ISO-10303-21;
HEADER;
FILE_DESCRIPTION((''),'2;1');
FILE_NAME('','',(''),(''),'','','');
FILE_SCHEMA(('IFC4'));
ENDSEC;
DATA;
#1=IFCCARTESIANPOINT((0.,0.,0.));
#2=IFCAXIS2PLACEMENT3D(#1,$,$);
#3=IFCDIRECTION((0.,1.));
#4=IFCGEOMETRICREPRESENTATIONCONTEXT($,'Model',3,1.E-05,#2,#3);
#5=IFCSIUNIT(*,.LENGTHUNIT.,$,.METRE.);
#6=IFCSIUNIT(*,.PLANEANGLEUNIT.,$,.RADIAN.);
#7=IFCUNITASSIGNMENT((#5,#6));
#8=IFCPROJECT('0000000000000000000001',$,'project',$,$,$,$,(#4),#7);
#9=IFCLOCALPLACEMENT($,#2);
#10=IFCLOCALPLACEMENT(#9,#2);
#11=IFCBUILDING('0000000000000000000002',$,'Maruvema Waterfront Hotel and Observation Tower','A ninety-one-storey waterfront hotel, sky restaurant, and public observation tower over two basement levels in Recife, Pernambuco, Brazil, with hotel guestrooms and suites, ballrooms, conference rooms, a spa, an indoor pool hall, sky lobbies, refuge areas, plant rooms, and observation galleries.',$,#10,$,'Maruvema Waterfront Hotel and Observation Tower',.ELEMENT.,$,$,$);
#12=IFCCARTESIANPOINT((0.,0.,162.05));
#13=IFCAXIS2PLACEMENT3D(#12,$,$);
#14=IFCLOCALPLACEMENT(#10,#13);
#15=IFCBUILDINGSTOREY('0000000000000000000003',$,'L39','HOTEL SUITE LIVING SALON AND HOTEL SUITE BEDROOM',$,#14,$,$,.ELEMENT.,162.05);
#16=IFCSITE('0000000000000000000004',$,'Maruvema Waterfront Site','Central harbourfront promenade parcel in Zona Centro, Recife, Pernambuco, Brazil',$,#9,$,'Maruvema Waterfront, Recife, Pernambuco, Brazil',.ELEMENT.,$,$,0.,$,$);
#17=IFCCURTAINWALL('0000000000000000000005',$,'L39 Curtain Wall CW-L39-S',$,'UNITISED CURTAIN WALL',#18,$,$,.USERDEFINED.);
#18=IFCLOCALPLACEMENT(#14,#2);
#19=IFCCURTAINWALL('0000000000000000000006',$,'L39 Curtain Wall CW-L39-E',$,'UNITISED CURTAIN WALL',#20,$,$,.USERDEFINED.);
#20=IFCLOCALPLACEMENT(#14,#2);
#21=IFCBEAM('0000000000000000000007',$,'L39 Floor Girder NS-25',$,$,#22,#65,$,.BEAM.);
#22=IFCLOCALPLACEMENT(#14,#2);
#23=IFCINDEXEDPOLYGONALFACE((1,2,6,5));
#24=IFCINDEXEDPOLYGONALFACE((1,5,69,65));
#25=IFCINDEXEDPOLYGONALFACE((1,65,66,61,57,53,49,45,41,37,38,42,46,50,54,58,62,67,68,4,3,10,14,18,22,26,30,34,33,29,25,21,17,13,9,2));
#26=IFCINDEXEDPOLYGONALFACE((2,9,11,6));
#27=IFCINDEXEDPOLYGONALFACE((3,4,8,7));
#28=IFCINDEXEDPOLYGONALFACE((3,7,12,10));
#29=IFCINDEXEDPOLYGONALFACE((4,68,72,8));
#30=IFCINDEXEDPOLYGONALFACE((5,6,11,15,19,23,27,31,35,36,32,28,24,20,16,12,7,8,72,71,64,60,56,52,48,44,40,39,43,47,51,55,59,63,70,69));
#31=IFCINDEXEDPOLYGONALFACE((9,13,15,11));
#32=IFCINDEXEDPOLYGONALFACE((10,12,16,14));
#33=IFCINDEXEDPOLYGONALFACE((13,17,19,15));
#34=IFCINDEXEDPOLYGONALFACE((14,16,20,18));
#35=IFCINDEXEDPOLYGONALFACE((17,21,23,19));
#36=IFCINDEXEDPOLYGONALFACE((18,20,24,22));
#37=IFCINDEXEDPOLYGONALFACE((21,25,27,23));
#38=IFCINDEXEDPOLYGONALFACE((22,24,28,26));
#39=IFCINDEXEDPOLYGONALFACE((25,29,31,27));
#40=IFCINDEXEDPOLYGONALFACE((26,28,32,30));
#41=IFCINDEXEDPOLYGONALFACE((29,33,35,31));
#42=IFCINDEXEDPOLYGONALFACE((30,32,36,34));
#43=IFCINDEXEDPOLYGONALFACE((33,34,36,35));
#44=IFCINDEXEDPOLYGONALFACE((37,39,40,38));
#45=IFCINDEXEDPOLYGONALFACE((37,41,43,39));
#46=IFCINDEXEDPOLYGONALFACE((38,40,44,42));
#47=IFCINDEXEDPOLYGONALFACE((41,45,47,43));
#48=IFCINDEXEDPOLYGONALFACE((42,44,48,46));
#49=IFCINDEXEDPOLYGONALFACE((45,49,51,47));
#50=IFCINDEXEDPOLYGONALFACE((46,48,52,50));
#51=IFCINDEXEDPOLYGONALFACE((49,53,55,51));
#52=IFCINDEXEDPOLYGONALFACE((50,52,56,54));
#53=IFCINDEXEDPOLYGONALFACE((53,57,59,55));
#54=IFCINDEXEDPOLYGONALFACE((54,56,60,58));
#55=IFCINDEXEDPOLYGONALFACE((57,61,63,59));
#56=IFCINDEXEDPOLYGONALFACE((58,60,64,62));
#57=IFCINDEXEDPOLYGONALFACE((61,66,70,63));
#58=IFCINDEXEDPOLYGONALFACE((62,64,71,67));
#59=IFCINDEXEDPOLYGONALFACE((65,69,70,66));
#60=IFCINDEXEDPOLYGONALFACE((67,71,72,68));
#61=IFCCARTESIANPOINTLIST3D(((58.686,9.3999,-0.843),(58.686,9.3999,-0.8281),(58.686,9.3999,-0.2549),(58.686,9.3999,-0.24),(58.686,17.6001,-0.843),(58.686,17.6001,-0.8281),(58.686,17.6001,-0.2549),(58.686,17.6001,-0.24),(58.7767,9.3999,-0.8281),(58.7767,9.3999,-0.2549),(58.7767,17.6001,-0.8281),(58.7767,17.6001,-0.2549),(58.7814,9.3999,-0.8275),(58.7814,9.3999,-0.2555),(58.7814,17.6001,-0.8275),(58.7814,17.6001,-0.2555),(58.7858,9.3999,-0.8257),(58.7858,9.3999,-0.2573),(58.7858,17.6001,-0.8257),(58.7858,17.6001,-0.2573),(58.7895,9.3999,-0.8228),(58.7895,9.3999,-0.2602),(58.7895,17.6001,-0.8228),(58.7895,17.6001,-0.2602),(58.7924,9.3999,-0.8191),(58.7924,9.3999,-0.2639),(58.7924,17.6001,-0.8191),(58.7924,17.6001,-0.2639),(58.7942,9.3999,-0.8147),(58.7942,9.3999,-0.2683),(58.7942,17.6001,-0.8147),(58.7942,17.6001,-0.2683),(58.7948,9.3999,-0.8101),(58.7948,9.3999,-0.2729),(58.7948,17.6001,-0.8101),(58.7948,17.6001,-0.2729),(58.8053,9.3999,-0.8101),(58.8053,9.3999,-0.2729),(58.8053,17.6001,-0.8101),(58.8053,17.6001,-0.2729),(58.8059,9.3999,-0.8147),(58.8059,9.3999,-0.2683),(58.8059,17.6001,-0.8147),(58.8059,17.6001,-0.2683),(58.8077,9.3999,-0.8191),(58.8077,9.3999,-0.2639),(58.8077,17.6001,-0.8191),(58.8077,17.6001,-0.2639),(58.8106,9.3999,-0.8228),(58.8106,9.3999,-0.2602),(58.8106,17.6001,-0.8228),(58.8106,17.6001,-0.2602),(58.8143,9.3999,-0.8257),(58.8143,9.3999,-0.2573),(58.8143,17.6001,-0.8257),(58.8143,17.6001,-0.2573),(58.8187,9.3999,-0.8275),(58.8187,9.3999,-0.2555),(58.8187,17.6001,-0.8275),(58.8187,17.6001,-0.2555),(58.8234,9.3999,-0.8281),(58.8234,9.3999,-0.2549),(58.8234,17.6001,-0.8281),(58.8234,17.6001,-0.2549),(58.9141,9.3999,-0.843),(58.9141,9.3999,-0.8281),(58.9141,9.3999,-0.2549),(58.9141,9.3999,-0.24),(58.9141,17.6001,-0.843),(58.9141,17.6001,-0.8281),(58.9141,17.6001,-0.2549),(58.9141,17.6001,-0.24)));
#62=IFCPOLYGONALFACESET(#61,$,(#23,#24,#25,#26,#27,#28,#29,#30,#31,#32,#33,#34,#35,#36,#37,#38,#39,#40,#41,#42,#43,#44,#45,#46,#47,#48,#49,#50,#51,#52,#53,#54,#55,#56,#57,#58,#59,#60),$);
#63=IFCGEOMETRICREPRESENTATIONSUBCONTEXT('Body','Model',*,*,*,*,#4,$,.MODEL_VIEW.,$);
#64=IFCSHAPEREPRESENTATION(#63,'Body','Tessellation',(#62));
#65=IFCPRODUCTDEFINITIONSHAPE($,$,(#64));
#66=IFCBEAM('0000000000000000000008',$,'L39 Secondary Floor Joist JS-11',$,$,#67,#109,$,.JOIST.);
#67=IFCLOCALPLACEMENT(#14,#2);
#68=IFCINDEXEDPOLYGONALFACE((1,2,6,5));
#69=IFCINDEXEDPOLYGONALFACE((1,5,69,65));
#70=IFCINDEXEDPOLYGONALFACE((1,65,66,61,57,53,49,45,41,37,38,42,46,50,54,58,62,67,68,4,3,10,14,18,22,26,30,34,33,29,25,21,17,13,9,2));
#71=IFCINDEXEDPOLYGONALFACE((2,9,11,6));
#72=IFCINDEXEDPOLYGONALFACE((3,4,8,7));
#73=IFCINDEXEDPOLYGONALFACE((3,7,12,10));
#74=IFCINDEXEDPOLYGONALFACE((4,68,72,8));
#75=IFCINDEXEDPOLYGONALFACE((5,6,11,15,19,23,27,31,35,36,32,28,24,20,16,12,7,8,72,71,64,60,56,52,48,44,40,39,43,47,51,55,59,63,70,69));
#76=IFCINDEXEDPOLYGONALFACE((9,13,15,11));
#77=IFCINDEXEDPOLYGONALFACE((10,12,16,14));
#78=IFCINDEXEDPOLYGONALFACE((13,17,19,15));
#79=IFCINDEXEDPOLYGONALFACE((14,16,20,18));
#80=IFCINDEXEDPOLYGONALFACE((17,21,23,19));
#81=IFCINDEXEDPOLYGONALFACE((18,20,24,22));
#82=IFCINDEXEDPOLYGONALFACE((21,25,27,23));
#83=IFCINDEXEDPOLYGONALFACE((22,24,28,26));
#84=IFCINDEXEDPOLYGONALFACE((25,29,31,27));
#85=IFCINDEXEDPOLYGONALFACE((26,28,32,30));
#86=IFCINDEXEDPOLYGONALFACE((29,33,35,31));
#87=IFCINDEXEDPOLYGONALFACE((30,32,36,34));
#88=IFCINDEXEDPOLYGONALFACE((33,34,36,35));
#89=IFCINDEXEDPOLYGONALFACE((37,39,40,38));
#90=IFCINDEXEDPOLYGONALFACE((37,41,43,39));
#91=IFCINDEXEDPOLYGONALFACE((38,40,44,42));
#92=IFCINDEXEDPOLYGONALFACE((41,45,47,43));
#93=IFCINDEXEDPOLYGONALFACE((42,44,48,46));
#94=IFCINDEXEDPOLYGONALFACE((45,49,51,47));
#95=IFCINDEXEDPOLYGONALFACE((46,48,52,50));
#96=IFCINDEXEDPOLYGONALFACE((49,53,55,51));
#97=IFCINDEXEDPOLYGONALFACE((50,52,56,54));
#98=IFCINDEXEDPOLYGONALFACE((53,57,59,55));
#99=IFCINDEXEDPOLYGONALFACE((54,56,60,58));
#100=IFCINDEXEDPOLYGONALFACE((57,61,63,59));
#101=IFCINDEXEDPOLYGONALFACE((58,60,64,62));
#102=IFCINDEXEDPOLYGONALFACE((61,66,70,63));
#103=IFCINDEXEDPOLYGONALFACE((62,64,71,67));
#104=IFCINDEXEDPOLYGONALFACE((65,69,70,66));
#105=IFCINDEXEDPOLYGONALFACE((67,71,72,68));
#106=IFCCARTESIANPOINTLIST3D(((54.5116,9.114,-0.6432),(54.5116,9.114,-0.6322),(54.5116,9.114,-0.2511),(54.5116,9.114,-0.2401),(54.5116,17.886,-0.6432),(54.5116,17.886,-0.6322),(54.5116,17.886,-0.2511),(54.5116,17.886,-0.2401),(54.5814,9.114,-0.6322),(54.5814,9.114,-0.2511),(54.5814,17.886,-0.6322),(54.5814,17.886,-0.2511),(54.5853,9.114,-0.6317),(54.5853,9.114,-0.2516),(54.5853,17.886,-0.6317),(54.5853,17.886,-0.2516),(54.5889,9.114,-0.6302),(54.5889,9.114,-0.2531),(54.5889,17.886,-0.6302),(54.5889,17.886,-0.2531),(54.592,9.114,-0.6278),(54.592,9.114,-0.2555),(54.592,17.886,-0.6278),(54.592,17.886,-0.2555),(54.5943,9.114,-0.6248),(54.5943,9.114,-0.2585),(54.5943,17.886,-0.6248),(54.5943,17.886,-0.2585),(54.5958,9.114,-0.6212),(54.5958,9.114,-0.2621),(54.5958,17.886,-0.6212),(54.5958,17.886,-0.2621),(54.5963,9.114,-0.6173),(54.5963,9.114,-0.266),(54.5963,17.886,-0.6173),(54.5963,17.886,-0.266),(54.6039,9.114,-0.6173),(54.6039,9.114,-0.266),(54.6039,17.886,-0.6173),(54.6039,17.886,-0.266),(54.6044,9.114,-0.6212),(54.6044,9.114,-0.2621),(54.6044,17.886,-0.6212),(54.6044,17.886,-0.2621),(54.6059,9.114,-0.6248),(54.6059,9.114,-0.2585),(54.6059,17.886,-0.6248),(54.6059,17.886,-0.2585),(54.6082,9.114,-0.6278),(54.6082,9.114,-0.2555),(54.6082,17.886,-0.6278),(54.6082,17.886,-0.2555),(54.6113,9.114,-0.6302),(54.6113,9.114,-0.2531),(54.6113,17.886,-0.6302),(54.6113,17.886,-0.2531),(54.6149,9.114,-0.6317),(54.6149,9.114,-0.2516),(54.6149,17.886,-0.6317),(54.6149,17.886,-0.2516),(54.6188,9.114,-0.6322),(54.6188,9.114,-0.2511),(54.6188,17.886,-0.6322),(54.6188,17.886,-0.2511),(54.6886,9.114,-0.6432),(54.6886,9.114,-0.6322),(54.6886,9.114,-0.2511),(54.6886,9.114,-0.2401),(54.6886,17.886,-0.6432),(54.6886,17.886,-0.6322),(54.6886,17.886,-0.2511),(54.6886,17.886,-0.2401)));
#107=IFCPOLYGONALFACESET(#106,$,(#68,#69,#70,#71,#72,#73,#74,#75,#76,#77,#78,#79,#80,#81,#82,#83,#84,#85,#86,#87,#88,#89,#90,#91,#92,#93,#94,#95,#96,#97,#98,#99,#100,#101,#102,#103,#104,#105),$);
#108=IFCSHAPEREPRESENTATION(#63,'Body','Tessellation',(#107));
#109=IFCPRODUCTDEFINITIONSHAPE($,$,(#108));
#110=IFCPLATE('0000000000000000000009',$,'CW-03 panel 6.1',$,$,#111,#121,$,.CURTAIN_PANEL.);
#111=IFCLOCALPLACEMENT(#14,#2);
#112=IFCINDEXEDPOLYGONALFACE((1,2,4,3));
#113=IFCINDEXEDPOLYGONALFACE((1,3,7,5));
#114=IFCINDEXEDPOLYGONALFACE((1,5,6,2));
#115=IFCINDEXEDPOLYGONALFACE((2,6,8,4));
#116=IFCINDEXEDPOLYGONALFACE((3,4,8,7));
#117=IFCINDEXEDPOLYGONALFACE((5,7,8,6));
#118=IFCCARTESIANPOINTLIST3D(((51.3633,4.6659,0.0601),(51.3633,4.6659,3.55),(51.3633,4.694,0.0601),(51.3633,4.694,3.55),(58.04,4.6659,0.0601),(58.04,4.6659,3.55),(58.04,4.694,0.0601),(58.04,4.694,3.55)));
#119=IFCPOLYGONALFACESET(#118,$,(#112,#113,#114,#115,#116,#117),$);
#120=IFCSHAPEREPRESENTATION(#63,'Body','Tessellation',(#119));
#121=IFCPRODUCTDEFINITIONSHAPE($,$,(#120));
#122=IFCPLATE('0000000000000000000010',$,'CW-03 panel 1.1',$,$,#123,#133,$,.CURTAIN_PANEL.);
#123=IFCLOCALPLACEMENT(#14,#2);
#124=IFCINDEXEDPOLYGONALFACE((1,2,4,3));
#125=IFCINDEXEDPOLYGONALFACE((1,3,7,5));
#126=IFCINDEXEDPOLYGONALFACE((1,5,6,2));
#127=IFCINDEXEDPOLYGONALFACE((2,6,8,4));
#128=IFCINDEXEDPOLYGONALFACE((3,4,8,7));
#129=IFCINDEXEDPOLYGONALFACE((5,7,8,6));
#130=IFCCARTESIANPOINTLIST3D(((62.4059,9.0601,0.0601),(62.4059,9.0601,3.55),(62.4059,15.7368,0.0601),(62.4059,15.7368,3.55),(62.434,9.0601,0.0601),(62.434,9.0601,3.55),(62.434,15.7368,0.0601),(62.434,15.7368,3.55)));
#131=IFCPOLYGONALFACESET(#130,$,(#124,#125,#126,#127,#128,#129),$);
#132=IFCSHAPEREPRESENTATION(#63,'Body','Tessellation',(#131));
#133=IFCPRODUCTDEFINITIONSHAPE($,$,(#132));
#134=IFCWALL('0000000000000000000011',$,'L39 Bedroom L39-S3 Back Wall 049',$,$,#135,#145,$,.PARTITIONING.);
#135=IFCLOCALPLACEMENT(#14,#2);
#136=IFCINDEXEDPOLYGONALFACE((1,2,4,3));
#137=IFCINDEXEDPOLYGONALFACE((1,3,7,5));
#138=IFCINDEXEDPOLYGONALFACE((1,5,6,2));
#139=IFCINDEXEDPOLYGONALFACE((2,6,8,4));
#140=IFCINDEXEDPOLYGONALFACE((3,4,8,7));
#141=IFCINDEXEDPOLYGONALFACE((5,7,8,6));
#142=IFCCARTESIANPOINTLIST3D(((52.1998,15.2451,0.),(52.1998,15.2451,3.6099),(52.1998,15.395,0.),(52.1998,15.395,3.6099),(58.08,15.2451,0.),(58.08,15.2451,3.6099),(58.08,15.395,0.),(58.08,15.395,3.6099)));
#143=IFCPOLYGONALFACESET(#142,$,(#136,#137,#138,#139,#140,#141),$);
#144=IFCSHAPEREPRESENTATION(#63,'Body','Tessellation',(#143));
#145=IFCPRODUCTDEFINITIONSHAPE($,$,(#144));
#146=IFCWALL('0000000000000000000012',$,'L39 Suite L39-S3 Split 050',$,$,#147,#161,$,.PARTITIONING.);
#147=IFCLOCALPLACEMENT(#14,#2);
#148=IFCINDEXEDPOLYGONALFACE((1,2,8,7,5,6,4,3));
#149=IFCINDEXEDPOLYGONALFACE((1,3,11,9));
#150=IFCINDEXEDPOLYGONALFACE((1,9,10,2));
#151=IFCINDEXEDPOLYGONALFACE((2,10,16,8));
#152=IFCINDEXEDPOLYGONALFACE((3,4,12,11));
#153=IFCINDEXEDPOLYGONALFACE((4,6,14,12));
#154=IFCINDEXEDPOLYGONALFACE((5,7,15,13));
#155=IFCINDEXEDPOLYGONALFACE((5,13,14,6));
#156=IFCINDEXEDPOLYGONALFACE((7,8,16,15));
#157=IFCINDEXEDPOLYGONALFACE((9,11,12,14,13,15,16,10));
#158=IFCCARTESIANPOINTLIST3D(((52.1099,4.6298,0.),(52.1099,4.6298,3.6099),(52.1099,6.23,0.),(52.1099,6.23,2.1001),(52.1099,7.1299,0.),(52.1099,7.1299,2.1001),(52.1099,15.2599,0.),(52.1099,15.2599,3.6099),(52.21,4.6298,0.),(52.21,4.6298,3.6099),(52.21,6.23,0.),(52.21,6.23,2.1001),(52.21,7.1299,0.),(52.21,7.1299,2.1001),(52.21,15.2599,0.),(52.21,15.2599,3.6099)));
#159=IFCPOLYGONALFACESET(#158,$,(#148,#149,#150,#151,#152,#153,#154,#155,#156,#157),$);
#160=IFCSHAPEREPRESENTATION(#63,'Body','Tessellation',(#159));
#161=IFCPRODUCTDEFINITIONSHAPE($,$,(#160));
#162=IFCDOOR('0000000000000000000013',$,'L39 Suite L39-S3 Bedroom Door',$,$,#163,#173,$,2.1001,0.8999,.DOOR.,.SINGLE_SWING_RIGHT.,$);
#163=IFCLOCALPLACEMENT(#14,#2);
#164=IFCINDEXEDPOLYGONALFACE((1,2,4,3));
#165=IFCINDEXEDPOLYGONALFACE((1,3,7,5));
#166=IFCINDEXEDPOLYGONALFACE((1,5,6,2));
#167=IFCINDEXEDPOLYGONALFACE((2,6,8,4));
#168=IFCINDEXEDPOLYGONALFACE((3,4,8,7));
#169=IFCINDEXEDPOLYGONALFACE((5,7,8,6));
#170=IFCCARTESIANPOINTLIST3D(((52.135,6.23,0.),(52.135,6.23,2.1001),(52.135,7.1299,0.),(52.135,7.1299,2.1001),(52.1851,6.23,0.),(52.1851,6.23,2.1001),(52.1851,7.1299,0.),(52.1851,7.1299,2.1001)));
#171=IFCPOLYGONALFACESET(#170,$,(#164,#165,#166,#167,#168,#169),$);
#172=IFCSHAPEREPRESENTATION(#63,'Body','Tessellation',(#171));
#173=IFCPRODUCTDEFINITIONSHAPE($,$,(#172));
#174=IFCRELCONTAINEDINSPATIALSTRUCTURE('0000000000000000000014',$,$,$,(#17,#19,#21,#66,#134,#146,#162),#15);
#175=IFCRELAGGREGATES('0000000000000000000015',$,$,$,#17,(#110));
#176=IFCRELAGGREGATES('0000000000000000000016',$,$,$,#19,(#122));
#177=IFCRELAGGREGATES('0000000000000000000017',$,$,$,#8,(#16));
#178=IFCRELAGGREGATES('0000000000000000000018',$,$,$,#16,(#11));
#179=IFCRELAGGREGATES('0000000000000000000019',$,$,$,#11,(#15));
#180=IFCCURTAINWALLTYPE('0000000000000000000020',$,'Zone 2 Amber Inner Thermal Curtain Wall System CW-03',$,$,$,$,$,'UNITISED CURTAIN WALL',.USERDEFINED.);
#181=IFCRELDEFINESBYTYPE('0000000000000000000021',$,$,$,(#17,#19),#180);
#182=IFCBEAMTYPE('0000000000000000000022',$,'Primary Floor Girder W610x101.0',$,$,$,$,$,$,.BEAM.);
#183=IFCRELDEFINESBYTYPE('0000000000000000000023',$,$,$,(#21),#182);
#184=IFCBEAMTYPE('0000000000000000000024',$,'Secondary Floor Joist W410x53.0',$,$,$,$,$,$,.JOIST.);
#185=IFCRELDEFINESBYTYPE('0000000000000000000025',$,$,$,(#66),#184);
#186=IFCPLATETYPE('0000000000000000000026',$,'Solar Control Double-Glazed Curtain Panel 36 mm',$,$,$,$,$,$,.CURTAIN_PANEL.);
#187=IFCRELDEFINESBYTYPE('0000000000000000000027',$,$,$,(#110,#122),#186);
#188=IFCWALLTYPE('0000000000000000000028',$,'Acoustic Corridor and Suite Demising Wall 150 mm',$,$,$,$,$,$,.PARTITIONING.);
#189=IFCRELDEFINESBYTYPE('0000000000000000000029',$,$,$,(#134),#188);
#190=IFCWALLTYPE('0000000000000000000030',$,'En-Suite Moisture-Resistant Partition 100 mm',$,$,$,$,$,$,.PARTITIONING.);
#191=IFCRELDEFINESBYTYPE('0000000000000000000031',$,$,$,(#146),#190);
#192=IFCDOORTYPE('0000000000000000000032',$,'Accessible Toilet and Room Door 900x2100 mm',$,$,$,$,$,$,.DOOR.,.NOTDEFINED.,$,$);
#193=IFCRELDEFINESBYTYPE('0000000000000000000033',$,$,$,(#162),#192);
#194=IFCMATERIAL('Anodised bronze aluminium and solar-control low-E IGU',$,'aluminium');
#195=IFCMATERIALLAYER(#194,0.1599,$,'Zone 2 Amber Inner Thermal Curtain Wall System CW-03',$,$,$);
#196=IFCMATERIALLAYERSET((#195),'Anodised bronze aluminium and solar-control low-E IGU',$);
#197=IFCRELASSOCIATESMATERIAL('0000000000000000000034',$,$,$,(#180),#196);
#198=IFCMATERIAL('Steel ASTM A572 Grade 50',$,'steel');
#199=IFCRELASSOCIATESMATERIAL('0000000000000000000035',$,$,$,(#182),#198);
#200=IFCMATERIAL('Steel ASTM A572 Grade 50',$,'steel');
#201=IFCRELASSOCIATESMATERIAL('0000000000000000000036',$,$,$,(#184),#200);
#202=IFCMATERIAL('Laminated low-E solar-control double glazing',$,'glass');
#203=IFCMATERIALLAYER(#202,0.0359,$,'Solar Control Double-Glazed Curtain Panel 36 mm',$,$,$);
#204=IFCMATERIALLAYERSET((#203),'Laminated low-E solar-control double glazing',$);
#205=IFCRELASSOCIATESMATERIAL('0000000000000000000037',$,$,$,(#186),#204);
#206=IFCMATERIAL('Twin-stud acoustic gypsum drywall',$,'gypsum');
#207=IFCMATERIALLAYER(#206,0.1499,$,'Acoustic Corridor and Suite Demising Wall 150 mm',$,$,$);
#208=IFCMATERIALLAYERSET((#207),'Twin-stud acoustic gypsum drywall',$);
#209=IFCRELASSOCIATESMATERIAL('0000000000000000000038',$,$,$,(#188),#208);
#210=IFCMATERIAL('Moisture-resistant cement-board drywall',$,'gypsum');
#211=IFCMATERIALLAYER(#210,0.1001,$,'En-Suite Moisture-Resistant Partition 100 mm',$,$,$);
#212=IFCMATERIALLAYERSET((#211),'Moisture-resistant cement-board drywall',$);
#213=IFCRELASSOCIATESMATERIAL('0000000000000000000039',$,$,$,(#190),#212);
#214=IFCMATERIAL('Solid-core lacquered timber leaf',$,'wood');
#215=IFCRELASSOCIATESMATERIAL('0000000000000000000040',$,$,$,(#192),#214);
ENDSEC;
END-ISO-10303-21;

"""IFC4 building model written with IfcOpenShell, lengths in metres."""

from ifc_helpers import new_model, si_unit, direction, frame, frame_2d, origin, origin_2d, place, context, subcontext, project, spatial, rectangle, i_section, extrude, material, layer, layer_set, material_profile, profile_set, type_object, element, fill, aggregate, save


model = new_model("IFC4")

# Units and contexts
model_context = context("Model", 3, precision=1e-05, world=origin(), true_north=direction((0.0, 1.0)))
body_context = subcontext(model_context, "Body", "Model", "MODEL_VIEW")
ifc_project = project(units=[si_unit("LENGTHUNIT", "METRE"), si_unit("PLANEANGLEUNIT", "RADIAN")], contexts=[model_context])

# Site, building, storey
site_placement = place(None, origin())
site = spatial("IfcSite", under=ifc_project, at=site_placement, Name="Maruvema Waterfront Site", Description="Central harbourfront promenade parcel in Zona Centro, Recife, Pernambuco, Brazil", LongName="Maruvema Waterfront, Recife, Pernambuco, Brazil", CompositionType="ELEMENT", RefElevation=0.0)
building_placement = place(site_placement, origin())
building = spatial("IfcBuilding", under=site, at=building_placement, Name="Maruvema Waterfront Hotel and Observation Tower", Description="A ninety-one-storey waterfront hotel, sky restaurant, and public observation tower over two basement levels in Recife, Pernambuco, Brazil, with hotel guestrooms and suites, ballrooms, conference rooms, a spa, an indoor pool hall, sky lobbies, refuge areas, plant rooms, and observation galleries.", LongName="Maruvema Waterfront Hotel and Observation Tower", CompositionType="ELEMENT")
storey_placement = place(building_placement, frame((0.0, 0.0, 162.05)))
storey = spatial("IfcBuildingStorey", under=building, at=storey_placement, Name="L39", Description="HOTEL SUITE LIVING SALON AND HOTEL SUITE BEDROOM", CompositionType="ELEMENT", Elevation=162.05)

# Curtain walls
ifc_material_1 = material(Name="Anodised bronze aluminium and solar-control low-E IGU", Category="aluminium")
ifc_layer_1 = layer(ifc_material_1, 0.1599, Name="Zone 2 Amber Inner Thermal Curtain Wall System CW-03")
ifc_layer_set_1 = layer_set([ifc_layer_1], Name="Anodised bronze aluminium and solar-control low-E IGU")
curtain_wall_type = type_object("IfcCurtainWallType", Name="Zone 2 Amber Inner Thermal Curtain Wall System CW-03", ElementType="UNITISED CURTAIN WALL", PredefinedType="USERDEFINED", material=ifc_layer_set_1)
curtain_wall_1_placement = place(storey_placement, origin())
curtain_wall_1 = element("IfcCurtainWall", 1, at=curtain_wall_1_placement, inside=storey, type_object=curtain_wall_type, Name="L39 Curtain Wall CW-L39-S", ObjectType="UNITISED CURTAIN WALL", PredefinedType="USERDEFINED")
curtain_wall_2_placement = place(storey_placement, origin())
curtain_wall_2 = element("IfcCurtainWall", 2, at=curtain_wall_2_placement, inside=storey, type_object=curtain_wall_type, Name="L39 Curtain Wall CW-L39-E", ObjectType="UNITISED CURTAIN WALL", PredefinedType="USERDEFINED")

# Beams
ifc_material_2 = material(Name="Steel ASTM A572 Grade 50", Category="steel")
ifc_material_profile_1 = material_profile(ifc_material_2, i_section(OverallWidth=0.228, OverallDepth=0.603, WebThickness=0.0105, FlangeThickness=0.0149, FilletRadius=0.0181, at=origin_2d()), Name="W610x101.0")
ifc_profile_set_1 = profile_set([ifc_material_profile_1], Name="Steel ASTM A572 Grade 50")
beam_type_1 = type_object("IfcBeamType", Name="Primary Floor Girder W610x101.0", PredefinedType="BEAM", material=ifc_profile_set_1)
beam_1_placement = place(storey_placement, frame((58.8, 9.3999, -0.5415), z_axis=(0.0, 1.0, 0.0), x_axis=(-1.0, 0.0, 0.0)))
element("IfcBeam", 3, at=beam_1_placement, inside=storey, type_object=beam_type_1, Name="L39 Floor Girder NS-25", PredefinedType="BEAM", context=body_context, shape_type="SweptSolid", body=[
    extrude(i_section(OverallWidth=0.228, OverallDepth=0.603, WebThickness=0.0105, FlangeThickness=0.0149, FilletRadius=0.0181, at=origin_2d()), origin(), (0.0, 0.0, 1.0), 8.2002),
])
ifc_material_3 = material(Name="Steel ASTM A572 Grade 50", Category="steel")
ifc_material_profile_2 = material_profile(ifc_material_3, i_section(OverallWidth=0.177, OverallDepth=0.4031, WebThickness=0.0076, FlangeThickness=0.011, FilletRadius=0.0149, at=origin_2d()), Name="W410x53.0")
ifc_profile_set_2 = profile_set([ifc_material_profile_2], Name="Steel ASTM A572 Grade 50")
beam_type_2 = type_object("IfcBeamType", Name="Secondary Floor Joist W410x53.0", PredefinedType="JOIST", material=ifc_profile_set_2)
beam_2_placement = place(storey_placement, frame((54.6001, 9.114, -0.4417), z_axis=(0.0, 1.0, 0.0), x_axis=(-1.0, 0.0, 0.0)))
element("IfcBeam", 4, at=beam_2_placement, inside=storey, type_object=beam_type_2, Name="L39 Secondary Floor Joist JS-11", PredefinedType="JOIST", context=body_context, shape_type="SweptSolid", body=[
    extrude(i_section(OverallWidth=0.177, OverallDepth=0.4031, WebThickness=0.0076, FlangeThickness=0.011, FilletRadius=0.0149, at=origin_2d()), origin(), (0.0, 0.0, 1.0), 8.772),
])

# Plates
ifc_material_4 = material(Name="Laminated low-E solar-control double glazing", Category="glass")
ifc_layer_2 = layer(ifc_material_4, 0.0359, Name="Solar Control Double-Glazed Curtain Panel 36 mm")
ifc_layer_set_2 = layer_set([ifc_layer_2], Name="Laminated low-E solar-control double glazing")
plate_type = type_object("IfcPlateType", Name="Solar Control Double-Glazed Curtain Panel 36 mm", PredefinedType="CURTAIN_PANEL", material=ifc_layer_set_2)
plate_1_placement = place(storey_placement, frame((54.7017, 4.6799, 0.0601), z_axis=(0.0, 0.0, 1.0), x_axis=(1.0, 0.0, 0.0)))
plate_1 = element("IfcPlate", 5, at=plate_1_placement, type_object=plate_type, Name="CW-03 panel 6.1", PredefinedType="CURTAIN_PANEL", context=body_context, shape_type="SweptSolid", body=[
    extrude(rectangle(XDim=6.6768, YDim=0.0281, at=origin_2d()), origin(), (0.0, 0.0, 1.0), 3.49),
])
aggregate(curtain_wall_1, [plate_1])
plate_2_placement = place(storey_placement, frame((62.4199, 12.3984, 0.0601), z_axis=(0.0, 0.0, 1.0), x_axis=(0.0, 1.0, 0.0)))
plate_2 = element("IfcPlate", 6, at=plate_2_placement, type_object=plate_type, Name="CW-03 panel 1.1", PredefinedType="CURTAIN_PANEL", context=body_context, shape_type="SweptSolid", body=[
    extrude(rectangle(XDim=6.6768, YDim=0.0281, at=origin_2d()), origin(), (0.0, 0.0, 1.0), 3.49),
])
aggregate(curtain_wall_2, [plate_2])

# Wall
ifc_material_5 = material(Name="Twin-stud acoustic gypsum drywall", Category="gypsum")
ifc_layer_3 = layer(ifc_material_5, 0.1499, Name="Acoustic Corridor and Suite Demising Wall 150 mm")
ifc_layer_set_3 = layer_set([ifc_layer_3], Name="Twin-stud acoustic gypsum drywall")
wall_type_1 = type_object("IfcWallType", Name="Acoustic Corridor and Suite Demising Wall 150 mm", PredefinedType="PARTITIONING", material=ifc_layer_set_3)
wall_1_placement = place(storey_placement, frame((52.2, 15.3201, 0.0), z_axis=(0.0, 0.0, 1.0), x_axis=(1.0, 0.0, 0.0)))
element("IfcWall", 7, at=wall_1_placement, inside=storey, type_object=wall_type_1, Name="L39 Bedroom L39-S3 Back Wall 049", PredefinedType="PARTITIONING", context=body_context, shape_type="SweptSolid", body=[
    extrude(rectangle(XDim=5.8801, YDim=0.1499, at=frame_2d((2.9399, 0.0))), origin(), (0.0, 0.0, 1.0), 3.6099),
])

# Wall, opening, door
ifc_material_6 = material(Name="Moisture-resistant cement-board drywall", Category="gypsum")
ifc_layer_4 = layer(ifc_material_6, 0.1001, Name="En-Suite Moisture-Resistant Partition 100 mm")
ifc_layer_set_4 = layer_set([ifc_layer_4], Name="Moisture-resistant cement-board drywall")
wall_type_2 = type_object("IfcWallType", Name="En-Suite Moisture-Resistant Partition 100 mm", PredefinedType="PARTITIONING", material=ifc_layer_set_4)
wall_2_placement = place(storey_placement, frame((52.1599, 4.6299, 0.0), z_axis=(0.0, 0.0, 1.0), x_axis=(0.0, 1.0, 0.0)))
wall_2 = element("IfcWall", 8, at=wall_2_placement, inside=storey, type_object=wall_type_2, Name="L39 Suite L39-S3 Split 050", PredefinedType="PARTITIONING", context=body_context, shape_type="SweptSolid", body=[
    extrude(rectangle(XDim=10.6301, YDim=0.1001, at=frame_2d((5.3149, 0.0))), origin(), (0.0, 0.0, 1.0), 3.6099),
])
opening_placement = place(wall_2_placement, frame((1.6001, 0.0, 0.0)))
opening = element("IfcOpeningElement", 9, at=opening_placement, cuts=wall_2, PredefinedType="OPENING", context=body_context, shape_type="SweptSolid", body=[
    extrude(rectangle(XDim=0.8999, YDim=2.1001, at=frame_2d((0.45, 1.05))), frame((0.0, 0.0601, 0.0), z_axis=(0.0, -1.0, 0.0), x_axis=(1.0, 0.0, 0.0)), (0.0, 0.0, 1.0), 0.1201),
])
ifc_material_7 = material(Name="Solid-core lacquered timber leaf", Category="wood")
door_type = type_object("IfcDoorType", Name="Accessible Toilet and Room Door 900x2100 mm", OperationType="NOTDEFINED", PredefinedType="DOOR", material=ifc_material_7)
door_placement = place(opening_placement, origin())
door = element("IfcDoor", 10, at=door_placement, inside=storey, type_object=door_type, Name="L39 Suite L39-S3 Bedroom Door", OperationType="SINGLE_SWING_RIGHT", OverallHeight=2.1001, OverallWidth=0.8999, PredefinedType="DOOR", context=body_context, shape_type="SweptSolid", body=[
    extrude(rectangle(XDim=0.8999, YDim=2.1001, at=frame_2d((0.45, 1.05))), frame((0.0, 0.0249, 0.0), z_axis=(0.0, -1.0, 0.0), x_axis=(1.0, 0.0, 0.0)), (0.0, 0.0, 1.0), 0.05),
])
fill(opening, door)

save(model, "model.ifc")
